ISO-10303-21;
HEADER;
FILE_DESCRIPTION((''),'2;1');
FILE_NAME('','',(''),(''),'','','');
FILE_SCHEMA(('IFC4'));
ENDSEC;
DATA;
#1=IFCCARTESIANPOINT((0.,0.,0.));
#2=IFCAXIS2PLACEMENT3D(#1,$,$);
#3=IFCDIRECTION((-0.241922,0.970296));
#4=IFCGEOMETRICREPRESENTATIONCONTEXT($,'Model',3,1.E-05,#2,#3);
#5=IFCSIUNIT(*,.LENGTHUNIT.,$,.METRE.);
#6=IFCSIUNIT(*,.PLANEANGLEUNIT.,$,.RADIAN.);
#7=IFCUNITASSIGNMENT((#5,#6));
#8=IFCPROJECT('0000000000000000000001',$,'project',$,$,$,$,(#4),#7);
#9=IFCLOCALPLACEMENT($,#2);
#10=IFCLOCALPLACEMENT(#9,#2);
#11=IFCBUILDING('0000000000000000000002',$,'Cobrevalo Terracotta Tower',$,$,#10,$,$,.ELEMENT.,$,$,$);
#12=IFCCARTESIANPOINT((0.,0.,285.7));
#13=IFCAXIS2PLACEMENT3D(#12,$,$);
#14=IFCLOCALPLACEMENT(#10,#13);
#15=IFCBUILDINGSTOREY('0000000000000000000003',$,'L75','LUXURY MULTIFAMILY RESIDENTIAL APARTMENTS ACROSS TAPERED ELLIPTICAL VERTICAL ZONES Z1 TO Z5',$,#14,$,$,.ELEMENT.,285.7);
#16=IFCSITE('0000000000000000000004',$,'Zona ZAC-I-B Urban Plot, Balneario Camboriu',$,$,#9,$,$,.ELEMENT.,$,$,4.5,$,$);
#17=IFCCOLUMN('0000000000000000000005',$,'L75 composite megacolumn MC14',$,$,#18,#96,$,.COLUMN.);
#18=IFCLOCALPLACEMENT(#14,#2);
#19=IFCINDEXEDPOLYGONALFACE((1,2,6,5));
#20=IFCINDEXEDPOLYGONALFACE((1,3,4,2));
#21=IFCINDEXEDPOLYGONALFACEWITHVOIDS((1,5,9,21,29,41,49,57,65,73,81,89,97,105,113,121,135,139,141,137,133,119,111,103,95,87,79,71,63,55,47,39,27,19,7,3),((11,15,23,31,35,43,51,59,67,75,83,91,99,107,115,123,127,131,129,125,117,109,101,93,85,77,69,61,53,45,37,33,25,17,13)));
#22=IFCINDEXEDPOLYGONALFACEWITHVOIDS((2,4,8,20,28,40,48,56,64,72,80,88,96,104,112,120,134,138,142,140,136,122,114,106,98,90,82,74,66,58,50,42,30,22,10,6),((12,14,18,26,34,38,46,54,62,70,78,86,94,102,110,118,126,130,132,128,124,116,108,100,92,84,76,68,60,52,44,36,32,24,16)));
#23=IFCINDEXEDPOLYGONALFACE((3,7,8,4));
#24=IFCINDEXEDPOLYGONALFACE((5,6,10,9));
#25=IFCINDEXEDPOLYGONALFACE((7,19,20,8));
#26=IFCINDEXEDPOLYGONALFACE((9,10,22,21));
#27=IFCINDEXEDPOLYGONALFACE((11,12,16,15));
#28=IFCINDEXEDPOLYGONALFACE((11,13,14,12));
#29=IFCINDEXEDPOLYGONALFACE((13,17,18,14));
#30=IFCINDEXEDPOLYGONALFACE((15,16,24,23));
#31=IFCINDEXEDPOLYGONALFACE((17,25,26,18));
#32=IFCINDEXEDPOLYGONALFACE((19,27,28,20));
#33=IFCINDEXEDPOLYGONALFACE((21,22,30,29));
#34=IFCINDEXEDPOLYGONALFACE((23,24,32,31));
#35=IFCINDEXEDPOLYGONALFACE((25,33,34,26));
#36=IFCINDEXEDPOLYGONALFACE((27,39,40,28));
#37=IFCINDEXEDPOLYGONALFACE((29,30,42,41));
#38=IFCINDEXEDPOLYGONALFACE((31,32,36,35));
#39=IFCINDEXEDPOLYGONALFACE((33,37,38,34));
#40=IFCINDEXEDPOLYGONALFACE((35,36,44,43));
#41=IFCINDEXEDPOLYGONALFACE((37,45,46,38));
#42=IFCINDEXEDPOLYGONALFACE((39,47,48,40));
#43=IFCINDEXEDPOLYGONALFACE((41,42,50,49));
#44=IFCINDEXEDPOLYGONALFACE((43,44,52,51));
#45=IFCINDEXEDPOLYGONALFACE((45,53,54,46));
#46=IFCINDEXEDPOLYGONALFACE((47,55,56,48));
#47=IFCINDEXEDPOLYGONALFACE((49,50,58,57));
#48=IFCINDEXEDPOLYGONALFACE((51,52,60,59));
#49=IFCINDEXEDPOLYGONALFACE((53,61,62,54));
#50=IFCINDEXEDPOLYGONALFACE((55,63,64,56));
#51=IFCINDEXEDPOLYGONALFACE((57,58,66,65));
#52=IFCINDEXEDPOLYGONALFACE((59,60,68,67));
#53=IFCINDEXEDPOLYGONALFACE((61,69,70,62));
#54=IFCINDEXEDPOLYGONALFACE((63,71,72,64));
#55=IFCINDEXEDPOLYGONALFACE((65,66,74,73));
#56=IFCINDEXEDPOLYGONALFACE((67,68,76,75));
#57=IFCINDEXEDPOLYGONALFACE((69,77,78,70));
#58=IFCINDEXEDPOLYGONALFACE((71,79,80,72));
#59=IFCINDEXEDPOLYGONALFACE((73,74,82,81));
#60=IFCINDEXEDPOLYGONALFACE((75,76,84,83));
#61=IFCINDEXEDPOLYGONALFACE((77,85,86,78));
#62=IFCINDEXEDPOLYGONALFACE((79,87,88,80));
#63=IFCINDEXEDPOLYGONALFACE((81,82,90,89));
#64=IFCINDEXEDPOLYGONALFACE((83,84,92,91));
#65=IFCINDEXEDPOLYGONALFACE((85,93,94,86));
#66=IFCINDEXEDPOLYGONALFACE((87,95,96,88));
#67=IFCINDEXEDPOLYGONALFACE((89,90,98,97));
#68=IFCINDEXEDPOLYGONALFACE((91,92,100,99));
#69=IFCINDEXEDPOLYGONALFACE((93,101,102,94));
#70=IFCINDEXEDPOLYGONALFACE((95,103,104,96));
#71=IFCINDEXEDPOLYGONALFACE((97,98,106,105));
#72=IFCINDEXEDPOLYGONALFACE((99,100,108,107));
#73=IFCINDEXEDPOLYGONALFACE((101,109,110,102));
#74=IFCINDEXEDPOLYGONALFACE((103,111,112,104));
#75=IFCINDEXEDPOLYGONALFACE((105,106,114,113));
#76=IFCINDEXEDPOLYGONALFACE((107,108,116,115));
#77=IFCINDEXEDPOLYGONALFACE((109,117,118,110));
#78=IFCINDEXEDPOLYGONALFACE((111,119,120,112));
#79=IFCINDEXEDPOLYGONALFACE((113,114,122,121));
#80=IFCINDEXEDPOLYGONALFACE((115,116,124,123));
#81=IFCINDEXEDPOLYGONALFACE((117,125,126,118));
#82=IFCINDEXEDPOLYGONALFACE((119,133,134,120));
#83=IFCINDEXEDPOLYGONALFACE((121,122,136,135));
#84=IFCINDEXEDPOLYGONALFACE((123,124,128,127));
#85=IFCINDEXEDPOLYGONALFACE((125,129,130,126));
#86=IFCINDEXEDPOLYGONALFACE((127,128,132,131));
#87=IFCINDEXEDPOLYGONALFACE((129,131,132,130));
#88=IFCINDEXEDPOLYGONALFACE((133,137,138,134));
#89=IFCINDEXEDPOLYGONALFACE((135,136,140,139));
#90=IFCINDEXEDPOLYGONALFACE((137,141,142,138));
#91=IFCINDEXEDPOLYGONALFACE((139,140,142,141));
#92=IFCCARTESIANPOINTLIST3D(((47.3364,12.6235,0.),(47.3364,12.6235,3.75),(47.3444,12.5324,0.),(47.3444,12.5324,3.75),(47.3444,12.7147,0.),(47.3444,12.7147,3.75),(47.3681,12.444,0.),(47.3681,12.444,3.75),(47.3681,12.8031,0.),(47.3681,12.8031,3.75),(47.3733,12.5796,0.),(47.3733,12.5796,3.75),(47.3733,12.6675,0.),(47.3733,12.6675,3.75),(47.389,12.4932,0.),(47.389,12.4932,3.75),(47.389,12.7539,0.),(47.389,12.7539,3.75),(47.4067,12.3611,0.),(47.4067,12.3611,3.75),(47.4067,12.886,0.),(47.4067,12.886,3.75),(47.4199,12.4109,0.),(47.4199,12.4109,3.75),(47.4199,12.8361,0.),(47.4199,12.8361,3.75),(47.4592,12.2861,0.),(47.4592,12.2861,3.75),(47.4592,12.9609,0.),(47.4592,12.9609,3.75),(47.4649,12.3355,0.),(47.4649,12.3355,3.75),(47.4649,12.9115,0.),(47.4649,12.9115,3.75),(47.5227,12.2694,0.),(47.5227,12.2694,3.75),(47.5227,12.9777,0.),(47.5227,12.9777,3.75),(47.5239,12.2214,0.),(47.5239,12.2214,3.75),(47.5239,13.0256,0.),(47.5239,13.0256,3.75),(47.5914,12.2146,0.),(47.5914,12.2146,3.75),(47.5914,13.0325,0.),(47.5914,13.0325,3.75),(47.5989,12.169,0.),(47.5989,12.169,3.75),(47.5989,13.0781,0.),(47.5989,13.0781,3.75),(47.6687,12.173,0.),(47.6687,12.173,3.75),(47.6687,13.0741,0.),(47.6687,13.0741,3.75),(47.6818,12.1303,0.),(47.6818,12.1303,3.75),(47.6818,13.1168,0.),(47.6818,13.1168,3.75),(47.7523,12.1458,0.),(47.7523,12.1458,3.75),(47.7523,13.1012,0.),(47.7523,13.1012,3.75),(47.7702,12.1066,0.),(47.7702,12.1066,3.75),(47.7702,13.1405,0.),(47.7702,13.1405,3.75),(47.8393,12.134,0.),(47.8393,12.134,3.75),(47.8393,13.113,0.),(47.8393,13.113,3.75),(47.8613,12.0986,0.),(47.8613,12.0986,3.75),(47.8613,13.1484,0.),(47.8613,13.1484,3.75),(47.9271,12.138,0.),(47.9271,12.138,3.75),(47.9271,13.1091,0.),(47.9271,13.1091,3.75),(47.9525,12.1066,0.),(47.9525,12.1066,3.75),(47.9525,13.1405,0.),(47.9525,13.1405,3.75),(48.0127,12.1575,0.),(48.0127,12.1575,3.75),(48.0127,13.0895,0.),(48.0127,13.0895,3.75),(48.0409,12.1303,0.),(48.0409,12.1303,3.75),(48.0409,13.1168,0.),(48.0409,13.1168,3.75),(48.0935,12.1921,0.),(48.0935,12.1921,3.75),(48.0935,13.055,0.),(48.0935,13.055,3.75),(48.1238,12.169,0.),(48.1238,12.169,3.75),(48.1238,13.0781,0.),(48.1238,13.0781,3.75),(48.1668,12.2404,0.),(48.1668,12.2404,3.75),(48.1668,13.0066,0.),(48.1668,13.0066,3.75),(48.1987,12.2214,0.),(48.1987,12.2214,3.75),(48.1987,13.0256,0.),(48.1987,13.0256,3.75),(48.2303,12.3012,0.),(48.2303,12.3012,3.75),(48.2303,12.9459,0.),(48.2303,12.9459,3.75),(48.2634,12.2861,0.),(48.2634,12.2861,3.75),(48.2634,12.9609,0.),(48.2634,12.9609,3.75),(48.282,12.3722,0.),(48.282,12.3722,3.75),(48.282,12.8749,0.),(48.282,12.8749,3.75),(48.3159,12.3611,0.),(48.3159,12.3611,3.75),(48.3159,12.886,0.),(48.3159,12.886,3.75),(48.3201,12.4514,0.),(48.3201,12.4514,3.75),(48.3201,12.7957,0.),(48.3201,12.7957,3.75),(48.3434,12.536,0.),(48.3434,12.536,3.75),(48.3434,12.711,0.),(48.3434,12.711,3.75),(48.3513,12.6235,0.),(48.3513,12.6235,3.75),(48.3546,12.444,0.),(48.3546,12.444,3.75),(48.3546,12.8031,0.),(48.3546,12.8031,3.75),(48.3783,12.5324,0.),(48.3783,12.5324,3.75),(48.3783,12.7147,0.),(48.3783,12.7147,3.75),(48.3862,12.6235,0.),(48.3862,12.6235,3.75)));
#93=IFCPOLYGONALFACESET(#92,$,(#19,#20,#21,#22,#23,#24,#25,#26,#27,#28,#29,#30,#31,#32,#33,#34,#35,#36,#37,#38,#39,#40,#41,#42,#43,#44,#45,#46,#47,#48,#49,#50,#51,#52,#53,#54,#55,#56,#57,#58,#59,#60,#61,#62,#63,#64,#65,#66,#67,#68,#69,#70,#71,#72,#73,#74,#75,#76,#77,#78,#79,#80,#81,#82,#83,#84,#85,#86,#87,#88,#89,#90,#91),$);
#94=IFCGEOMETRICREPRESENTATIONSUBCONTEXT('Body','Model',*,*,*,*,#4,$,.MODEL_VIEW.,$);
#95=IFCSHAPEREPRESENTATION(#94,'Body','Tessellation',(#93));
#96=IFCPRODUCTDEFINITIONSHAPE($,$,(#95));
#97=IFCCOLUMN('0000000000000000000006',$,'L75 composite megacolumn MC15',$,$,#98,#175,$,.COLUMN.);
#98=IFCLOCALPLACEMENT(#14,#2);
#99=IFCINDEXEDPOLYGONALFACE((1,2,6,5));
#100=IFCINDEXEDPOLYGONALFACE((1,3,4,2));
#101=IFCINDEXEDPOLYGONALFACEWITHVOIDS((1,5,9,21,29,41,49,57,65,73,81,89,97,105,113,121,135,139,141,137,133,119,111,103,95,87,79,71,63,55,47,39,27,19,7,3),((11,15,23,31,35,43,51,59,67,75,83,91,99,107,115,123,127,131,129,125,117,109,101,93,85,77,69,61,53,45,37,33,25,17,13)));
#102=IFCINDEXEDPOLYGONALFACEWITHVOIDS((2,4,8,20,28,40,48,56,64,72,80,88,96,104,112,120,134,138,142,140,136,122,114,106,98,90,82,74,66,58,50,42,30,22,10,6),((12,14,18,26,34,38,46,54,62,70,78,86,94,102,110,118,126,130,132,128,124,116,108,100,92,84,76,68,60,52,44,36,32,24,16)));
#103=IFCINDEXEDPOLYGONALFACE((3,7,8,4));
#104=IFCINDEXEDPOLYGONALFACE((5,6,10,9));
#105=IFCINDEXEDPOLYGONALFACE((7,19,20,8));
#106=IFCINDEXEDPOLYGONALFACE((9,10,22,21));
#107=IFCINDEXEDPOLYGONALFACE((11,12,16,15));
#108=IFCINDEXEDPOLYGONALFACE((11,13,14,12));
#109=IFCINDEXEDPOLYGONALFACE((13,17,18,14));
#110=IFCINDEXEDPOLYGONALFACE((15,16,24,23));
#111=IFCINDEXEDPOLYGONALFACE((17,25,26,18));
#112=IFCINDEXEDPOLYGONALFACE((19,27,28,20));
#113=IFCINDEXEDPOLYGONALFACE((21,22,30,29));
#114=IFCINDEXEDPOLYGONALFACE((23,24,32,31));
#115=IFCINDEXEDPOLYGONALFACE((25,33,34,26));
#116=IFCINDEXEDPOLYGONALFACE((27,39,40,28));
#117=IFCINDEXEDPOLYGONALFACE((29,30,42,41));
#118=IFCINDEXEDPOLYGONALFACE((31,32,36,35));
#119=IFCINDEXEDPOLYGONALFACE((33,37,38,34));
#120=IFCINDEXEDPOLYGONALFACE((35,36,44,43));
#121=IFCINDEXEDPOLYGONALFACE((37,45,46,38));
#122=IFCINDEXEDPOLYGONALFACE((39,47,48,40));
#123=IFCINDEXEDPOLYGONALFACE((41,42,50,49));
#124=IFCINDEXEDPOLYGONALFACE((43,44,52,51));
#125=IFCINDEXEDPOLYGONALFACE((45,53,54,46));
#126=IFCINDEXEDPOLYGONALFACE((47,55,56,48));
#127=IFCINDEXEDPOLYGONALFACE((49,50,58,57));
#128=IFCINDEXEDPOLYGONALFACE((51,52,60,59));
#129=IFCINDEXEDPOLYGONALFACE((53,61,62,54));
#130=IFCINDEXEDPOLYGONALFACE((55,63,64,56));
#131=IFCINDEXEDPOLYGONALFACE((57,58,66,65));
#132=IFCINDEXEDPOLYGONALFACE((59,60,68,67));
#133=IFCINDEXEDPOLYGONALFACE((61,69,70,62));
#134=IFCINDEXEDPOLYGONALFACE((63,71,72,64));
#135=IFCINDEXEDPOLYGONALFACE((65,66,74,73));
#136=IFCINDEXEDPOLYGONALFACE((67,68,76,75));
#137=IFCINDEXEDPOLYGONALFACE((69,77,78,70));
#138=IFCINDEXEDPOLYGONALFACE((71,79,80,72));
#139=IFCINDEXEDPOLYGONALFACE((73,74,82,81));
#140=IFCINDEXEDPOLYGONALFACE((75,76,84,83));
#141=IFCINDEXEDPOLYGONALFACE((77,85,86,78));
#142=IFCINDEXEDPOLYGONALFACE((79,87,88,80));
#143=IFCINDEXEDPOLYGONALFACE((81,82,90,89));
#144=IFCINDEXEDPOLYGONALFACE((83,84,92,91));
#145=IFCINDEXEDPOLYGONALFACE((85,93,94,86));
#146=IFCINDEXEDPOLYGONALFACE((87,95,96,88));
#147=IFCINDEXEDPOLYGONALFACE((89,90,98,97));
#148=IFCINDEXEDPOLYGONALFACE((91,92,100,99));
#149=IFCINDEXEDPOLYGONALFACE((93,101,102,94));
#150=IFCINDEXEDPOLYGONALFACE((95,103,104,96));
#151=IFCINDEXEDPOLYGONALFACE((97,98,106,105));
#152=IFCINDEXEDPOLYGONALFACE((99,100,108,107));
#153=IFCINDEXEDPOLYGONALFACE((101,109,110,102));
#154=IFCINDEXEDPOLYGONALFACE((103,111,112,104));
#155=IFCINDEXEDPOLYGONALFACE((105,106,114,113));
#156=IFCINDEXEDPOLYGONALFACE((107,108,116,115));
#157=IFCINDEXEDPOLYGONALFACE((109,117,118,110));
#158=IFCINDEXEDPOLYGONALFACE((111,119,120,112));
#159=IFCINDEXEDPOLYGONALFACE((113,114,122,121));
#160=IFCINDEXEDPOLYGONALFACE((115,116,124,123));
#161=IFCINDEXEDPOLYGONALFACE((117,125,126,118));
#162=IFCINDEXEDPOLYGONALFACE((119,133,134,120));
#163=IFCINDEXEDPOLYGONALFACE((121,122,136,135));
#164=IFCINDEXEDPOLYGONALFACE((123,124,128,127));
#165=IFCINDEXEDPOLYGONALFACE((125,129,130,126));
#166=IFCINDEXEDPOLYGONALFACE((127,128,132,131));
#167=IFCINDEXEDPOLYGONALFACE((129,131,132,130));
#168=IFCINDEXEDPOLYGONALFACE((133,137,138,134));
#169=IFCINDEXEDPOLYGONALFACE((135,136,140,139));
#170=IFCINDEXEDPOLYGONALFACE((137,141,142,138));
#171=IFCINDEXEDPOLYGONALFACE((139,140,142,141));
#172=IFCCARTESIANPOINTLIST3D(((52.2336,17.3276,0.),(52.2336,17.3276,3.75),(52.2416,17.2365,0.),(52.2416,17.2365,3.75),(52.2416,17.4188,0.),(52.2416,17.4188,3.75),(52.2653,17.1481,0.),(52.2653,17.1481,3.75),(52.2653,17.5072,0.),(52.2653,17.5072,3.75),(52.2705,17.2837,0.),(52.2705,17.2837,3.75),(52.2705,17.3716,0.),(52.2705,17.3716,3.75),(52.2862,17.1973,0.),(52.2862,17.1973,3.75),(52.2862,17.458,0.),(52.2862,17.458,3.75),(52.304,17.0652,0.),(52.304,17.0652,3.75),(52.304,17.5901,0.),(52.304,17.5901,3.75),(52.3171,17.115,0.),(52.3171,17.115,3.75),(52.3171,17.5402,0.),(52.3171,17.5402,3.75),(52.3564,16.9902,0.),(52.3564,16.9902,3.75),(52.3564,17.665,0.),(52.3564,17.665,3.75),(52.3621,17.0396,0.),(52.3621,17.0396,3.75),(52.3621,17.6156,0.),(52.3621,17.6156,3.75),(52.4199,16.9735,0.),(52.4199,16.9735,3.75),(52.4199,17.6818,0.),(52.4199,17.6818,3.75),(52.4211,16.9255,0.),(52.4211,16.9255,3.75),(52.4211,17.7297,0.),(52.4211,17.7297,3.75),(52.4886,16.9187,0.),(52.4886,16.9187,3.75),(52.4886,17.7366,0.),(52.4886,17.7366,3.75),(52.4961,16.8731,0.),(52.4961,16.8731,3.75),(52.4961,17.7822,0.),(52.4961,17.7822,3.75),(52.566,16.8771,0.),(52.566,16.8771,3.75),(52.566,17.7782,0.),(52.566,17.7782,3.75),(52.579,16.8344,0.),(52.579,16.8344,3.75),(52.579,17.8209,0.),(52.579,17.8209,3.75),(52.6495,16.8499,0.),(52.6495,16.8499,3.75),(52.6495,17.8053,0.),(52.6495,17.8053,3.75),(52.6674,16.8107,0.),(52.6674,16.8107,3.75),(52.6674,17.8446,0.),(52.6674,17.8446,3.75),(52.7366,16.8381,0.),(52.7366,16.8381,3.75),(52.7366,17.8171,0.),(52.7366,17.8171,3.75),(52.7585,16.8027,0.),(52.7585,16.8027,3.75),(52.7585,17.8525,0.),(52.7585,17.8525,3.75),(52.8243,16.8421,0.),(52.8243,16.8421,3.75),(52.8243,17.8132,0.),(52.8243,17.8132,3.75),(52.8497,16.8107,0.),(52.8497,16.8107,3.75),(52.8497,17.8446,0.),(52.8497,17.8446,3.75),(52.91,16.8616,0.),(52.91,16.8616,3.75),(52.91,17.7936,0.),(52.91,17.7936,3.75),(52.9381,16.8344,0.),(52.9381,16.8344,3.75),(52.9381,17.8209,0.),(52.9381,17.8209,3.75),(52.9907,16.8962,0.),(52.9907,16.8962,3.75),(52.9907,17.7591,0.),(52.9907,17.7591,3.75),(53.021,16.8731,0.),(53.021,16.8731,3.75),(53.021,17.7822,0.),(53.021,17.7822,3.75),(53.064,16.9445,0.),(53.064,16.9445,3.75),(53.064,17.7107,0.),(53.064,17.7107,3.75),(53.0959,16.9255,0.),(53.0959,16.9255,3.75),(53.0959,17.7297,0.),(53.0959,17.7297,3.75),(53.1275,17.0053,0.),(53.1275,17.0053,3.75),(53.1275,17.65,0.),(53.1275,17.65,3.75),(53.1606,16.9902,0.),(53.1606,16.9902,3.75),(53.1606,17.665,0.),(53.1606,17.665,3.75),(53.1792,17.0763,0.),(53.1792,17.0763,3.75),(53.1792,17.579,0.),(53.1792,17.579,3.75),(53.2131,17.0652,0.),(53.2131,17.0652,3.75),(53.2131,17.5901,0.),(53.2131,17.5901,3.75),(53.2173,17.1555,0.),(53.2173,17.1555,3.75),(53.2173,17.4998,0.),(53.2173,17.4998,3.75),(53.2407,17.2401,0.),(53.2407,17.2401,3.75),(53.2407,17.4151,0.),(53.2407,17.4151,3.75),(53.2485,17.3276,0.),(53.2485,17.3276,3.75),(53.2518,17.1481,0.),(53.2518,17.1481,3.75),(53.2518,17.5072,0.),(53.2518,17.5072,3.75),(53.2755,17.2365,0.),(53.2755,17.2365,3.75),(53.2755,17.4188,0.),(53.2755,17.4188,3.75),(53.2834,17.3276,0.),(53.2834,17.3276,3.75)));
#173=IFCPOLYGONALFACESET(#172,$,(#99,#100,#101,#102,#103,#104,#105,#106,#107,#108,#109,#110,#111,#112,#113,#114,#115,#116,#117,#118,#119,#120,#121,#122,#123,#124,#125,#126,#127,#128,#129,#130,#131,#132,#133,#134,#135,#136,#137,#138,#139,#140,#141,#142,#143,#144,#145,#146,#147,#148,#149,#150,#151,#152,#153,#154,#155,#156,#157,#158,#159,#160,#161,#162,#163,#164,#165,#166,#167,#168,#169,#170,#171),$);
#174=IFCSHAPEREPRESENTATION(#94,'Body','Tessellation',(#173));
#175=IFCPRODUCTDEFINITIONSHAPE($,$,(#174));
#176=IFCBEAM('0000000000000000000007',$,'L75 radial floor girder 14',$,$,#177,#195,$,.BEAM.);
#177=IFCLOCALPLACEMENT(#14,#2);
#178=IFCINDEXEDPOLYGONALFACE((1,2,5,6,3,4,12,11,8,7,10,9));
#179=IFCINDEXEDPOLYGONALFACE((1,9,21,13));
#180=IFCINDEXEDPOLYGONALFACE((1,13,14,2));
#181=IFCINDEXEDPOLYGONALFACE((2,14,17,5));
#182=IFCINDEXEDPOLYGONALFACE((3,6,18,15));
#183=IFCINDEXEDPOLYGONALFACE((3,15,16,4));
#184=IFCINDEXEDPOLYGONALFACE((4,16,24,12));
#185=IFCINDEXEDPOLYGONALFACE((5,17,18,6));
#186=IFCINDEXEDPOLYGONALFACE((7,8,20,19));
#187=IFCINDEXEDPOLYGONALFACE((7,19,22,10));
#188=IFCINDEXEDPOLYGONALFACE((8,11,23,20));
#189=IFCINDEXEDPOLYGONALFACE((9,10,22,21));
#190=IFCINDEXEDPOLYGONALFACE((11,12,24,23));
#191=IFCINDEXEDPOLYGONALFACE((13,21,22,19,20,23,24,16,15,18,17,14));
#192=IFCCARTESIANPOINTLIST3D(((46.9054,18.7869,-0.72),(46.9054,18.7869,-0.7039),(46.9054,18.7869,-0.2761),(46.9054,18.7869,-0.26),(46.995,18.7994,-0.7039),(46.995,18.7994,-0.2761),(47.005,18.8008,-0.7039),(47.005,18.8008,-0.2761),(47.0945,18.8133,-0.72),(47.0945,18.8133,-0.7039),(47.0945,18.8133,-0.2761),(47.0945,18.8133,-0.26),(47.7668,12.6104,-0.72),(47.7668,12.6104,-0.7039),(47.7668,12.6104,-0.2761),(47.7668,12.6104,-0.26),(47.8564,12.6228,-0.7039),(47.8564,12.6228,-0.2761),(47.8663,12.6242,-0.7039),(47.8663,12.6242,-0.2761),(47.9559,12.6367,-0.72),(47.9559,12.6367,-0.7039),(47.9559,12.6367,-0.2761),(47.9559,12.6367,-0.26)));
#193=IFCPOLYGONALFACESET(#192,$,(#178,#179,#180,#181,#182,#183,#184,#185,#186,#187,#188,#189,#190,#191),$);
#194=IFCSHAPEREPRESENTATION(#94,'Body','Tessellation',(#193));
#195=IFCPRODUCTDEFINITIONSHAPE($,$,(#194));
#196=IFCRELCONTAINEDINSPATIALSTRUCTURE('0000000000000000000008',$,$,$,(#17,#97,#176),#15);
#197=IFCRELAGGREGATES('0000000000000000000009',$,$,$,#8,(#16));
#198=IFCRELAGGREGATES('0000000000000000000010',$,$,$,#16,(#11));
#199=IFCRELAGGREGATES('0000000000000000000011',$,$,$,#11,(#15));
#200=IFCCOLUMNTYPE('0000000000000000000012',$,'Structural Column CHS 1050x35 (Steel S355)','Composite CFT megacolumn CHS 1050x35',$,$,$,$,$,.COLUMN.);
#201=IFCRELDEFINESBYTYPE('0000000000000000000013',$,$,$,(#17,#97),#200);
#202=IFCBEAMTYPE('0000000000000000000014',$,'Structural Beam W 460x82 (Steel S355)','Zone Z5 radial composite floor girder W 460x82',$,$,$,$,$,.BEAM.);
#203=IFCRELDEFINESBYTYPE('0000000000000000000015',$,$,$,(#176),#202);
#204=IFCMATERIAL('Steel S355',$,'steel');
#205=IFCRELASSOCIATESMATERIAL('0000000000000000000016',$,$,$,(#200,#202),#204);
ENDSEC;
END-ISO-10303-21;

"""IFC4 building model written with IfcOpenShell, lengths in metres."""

from ifc_helpers import new_model, si_unit, direction, frame, origin, origin_2d, place, context, subcontext, project, spatial, hollow_circle, i_section, extrude, material, material_profile, profile_set, type_object, element, save


model = new_model("IFC4")

# Units and contexts
model_context = context("Model", 3, precision=1e-05, world=origin(), true_north=direction((-0.241922, 0.970296)))
body_context = subcontext(model_context, "Body", "Model", "MODEL_VIEW")
ifc_project = project(units=[si_unit("LENGTHUNIT", "METRE"), si_unit("PLANEANGLEUNIT", "RADIAN")], contexts=[model_context])

# Site, building, storey
site_placement = place(None, origin())
site = spatial("IfcSite", under=ifc_project, at=site_placement, Name="Zona ZAC-I-B Urban Plot, Balneario Camboriu", CompositionType="ELEMENT", RefElevation=4.5)
building_placement = place(site_placement, origin())
building = spatial("IfcBuilding", under=site, at=building_placement, Name="Cobrevalo Terracotta Tower", CompositionType="ELEMENT")
storey_placement = place(building_placement, frame((0.0, 0.0, 285.7)))
storey = spatial("IfcBuildingStorey", under=building, at=storey_placement, Name="L75", Description="LUXURY MULTIFAMILY RESIDENTIAL APARTMENTS ACROSS TAPERED ELLIPTICAL VERTICAL ZONES Z1 TO Z5", CompositionType="ELEMENT", Elevation=285.7)

# Columns
ifc_material_1 = material(Name="Steel S355", Category="steel")
ifc_material_profile_1 = material_profile(ifc_material_1, hollow_circle(Radius=0.5249, WallThickness=0.0349, at=origin_2d()), Name="CHS 1050x35")
ifc_profile_set_1 = profile_set([ifc_material_profile_1], Name="Steel S355")
column_type = type_object("IfcColumnType", Name="Structural Column CHS 1050x35 (Steel S355)", Description="Composite CFT megacolumn CHS 1050x35", PredefinedType="COLUMN", material=ifc_profile_set_1)
for number, where, z_axis, x_axis, name in (
    (1, (47.8613, 12.6235, 0.0), (0.0, 0.0, 1.0), (1.0, 0.0, 0.0), "L75 composite megacolumn MC14"),
    (2, (52.7585, 17.3276, 0.0), (0.0, 0.0, 1.0), (1.0, 0.0, 0.0), "L75 composite megacolumn MC15"),
):
    element("IfcColumn", number, at=place(storey_placement, frame(where, z_axis=z_axis, x_axis=x_axis)), inside=storey, type_object=column_type, Name=name, PredefinedType="COLUMN", context=body_context, shape_type="SweptSolid", body=[
        extrude(hollow_circle(Radius=0.5249, WallThickness=0.0349, at=origin_2d()), origin(), (0.0, 0.0, 1.0), 3.75),
    ])

# Beam
ifc_material_profile_2 = material_profile(ifc_material_1, i_section(OverallWidth=0.1909, OverallDepth=0.46, WebThickness=0.01, FlangeThickness=0.0161, at=origin_2d()), Name="W 460x82")
ifc_profile_set_2 = profile_set([ifc_material_profile_2], Name="Steel S355")
beam_type_1 = type_object("IfcBeamType", Name="Structural Beam W 460x82 (Steel S355)", Description="Zone Z5 radial composite floor girder W 460x82", PredefinedType="BEAM", material=ifc_profile_set_2)
beam_1_placement = place(storey_placement, frame((47.8613, 12.6235, -0.49), z_axis=(-0.138116, 0.990416, 0.0), x_axis=(-0.990416, -0.138116, 0.0)))
element("IfcBeam", 3, at=beam_1_placement, inside=storey, type_object=beam_type_1, Name="L75 radial floor girder 14", PredefinedType="BEAM", context=body_context, shape_type="SweptSolid", body=[
    extrude(i_section(OverallWidth=0.1909, OverallDepth=0.46, WebThickness=0.01, FlangeThickness=0.0161, at=origin_2d()), origin(), (0.0, 0.0, 1.0), 6.2363),
])

save(model, "model.ifc")
